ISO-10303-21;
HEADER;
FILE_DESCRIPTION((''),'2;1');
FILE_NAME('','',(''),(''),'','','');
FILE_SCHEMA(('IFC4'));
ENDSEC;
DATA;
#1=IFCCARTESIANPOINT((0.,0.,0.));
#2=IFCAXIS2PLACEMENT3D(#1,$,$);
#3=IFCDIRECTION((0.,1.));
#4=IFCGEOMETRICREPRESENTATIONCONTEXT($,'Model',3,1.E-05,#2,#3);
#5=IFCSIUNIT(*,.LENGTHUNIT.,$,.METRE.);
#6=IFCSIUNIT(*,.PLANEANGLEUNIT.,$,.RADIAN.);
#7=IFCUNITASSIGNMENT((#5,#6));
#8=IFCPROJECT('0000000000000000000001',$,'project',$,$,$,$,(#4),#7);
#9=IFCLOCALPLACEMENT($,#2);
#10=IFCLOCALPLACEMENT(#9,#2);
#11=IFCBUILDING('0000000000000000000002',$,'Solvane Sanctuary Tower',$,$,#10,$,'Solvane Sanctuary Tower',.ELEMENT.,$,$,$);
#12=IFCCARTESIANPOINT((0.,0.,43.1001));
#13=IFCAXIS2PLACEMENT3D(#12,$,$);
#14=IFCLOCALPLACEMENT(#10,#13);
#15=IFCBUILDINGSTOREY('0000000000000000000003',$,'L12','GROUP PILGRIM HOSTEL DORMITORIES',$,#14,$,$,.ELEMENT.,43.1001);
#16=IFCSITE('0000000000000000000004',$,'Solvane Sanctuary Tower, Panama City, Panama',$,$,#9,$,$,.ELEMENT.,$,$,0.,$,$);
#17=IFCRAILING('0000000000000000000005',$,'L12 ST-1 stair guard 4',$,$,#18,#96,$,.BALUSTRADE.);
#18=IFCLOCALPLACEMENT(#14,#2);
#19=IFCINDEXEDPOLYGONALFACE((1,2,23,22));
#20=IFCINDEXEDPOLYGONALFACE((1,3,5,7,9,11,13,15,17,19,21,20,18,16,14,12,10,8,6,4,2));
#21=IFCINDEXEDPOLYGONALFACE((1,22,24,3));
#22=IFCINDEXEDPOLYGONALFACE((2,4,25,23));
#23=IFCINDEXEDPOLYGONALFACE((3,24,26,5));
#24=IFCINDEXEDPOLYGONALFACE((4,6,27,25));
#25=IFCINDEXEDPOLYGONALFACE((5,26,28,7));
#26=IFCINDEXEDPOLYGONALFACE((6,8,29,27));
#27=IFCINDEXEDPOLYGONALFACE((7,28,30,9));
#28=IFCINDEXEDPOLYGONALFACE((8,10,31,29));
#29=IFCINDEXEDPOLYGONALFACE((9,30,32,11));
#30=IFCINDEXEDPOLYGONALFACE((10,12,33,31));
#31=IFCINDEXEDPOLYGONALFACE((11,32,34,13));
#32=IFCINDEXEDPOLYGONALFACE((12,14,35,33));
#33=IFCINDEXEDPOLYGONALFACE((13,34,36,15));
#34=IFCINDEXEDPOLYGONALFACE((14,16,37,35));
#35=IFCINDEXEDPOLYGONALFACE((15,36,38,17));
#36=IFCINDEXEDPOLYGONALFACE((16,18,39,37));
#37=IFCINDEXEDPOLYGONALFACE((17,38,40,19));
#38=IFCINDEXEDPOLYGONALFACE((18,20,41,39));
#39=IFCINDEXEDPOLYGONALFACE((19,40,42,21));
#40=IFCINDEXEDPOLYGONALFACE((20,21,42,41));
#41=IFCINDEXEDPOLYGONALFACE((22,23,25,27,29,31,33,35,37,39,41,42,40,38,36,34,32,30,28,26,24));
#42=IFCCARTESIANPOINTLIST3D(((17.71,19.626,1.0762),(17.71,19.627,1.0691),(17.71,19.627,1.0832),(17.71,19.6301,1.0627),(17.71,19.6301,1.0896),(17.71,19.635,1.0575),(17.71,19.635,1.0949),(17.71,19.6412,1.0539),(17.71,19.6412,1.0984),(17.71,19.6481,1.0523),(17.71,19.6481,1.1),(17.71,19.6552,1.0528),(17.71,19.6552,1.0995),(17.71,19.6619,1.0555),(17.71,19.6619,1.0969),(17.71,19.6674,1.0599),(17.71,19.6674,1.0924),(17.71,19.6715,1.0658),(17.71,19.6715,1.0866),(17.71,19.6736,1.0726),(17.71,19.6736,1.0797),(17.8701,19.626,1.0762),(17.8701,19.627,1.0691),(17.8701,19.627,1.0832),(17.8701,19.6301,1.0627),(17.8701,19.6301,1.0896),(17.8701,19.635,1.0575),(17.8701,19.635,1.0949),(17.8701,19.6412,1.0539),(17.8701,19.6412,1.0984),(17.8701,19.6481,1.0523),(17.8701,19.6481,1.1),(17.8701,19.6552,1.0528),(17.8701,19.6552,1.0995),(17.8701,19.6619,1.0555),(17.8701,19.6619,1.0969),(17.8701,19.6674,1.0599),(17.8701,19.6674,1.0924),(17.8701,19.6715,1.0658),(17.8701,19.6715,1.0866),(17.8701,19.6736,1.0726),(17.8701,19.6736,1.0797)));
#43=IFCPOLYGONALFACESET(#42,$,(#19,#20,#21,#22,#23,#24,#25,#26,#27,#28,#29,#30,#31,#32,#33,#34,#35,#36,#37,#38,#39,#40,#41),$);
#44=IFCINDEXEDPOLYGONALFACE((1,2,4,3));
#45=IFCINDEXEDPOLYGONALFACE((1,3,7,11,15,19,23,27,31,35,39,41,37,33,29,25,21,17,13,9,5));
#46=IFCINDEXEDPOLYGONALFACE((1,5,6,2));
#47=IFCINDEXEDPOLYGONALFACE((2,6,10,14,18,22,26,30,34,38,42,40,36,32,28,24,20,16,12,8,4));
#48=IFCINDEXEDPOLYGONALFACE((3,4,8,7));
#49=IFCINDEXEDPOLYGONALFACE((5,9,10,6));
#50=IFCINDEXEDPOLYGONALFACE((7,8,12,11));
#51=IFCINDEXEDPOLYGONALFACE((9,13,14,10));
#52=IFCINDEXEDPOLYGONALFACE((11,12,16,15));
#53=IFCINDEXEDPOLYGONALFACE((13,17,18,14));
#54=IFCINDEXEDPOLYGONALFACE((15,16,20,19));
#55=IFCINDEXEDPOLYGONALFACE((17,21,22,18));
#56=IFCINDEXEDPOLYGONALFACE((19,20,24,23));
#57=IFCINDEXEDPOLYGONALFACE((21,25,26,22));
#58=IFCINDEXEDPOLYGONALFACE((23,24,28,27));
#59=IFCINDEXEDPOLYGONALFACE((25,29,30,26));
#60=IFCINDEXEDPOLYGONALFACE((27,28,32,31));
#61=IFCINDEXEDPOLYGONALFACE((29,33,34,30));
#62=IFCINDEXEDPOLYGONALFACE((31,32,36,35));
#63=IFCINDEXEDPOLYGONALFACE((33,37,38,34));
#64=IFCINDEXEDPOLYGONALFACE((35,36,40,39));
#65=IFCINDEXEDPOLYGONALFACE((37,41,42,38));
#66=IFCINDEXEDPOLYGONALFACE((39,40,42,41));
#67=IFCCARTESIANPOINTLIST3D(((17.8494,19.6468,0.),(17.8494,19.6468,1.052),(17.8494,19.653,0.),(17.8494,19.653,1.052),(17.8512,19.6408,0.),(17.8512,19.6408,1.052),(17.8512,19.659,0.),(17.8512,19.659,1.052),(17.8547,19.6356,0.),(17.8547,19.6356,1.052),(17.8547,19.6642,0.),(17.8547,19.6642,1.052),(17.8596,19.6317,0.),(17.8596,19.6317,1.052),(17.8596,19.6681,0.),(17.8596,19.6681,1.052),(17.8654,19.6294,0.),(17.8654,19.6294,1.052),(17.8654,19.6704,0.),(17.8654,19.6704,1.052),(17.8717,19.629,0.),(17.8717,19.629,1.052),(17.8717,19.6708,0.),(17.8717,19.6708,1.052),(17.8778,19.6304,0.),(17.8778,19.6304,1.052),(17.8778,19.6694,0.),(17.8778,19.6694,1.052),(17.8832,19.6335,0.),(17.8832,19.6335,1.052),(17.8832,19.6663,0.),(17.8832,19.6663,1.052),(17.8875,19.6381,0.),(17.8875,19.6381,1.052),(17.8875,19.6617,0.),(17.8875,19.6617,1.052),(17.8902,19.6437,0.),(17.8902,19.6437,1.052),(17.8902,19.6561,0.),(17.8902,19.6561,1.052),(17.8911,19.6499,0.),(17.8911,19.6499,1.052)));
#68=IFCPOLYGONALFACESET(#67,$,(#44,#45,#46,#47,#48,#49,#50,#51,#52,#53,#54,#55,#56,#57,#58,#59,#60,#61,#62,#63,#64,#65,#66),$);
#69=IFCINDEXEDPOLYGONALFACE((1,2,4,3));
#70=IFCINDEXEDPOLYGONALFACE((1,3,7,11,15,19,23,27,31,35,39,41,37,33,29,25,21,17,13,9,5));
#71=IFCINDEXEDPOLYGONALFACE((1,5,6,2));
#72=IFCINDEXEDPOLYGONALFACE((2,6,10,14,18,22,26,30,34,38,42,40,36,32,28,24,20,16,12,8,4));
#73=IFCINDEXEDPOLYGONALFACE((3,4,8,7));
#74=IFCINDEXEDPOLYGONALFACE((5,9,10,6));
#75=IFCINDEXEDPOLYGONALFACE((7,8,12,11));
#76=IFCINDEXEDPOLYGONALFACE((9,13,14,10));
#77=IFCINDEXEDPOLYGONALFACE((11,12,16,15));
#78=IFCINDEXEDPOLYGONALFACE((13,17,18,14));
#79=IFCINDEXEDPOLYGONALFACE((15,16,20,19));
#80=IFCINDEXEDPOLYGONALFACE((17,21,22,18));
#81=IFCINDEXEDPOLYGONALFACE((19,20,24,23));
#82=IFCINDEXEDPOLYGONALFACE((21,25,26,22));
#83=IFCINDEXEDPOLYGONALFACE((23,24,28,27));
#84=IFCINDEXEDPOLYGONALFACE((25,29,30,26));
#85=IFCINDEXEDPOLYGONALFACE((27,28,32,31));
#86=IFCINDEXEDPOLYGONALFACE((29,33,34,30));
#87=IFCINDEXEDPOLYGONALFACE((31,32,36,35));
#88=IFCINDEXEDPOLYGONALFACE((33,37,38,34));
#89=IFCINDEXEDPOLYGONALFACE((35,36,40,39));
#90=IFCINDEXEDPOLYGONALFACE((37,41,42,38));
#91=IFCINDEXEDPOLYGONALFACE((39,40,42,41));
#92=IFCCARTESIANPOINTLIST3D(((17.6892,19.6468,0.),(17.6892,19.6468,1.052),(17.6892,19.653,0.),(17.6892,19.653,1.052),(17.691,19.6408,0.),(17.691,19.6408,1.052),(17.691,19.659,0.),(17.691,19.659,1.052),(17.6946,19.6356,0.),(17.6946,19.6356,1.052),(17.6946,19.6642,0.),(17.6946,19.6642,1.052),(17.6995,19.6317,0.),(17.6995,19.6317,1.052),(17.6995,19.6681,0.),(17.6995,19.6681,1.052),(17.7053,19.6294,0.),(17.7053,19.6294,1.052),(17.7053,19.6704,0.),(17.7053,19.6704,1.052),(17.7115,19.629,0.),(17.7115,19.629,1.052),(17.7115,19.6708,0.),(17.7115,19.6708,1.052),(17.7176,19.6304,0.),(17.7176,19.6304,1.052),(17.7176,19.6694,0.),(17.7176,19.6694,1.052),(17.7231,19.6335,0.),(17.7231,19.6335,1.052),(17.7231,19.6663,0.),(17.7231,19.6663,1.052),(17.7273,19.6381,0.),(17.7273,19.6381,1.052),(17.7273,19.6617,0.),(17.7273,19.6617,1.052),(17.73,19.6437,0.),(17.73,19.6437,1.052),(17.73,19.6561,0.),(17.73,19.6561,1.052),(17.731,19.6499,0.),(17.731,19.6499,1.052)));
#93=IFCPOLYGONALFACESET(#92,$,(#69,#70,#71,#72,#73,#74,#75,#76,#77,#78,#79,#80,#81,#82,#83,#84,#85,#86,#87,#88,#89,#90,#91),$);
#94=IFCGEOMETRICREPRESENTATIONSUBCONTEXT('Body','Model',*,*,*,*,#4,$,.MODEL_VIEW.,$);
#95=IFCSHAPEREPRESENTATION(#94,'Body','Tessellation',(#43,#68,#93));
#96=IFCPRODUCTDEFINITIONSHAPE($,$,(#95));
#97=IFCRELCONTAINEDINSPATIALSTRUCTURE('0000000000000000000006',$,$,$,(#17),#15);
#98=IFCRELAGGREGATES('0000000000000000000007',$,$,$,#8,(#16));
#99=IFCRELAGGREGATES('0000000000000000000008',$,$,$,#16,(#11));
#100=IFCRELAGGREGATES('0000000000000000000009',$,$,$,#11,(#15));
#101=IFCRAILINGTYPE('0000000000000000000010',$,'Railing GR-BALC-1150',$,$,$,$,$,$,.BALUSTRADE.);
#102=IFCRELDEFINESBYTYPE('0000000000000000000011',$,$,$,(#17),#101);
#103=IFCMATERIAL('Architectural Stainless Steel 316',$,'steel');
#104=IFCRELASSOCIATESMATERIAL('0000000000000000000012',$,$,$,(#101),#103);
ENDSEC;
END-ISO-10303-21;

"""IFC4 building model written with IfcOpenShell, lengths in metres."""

from ifc_helpers import new_model, si_unit, direction, frame, origin, origin_2d, place, context, subcontext, project, spatial, circle, extrude, material, type_object, element, save


model = new_model("IFC4")

# Units and contexts
model_context = context("Model", 3, precision=1e-05, world=origin(), true_north=direction((0.0, 1.0)))
body_context = subcontext(model_context, "Body", "Model", "MODEL_VIEW")
ifc_project = project(units=[si_unit("LENGTHUNIT", "METRE"), si_unit("PLANEANGLEUNIT", "RADIAN")], contexts=[model_context])

# Site, building, storey
site_placement = place(None, origin())
site = spatial("IfcSite", under=ifc_project, at=site_placement, Name="Solvane Sanctuary Tower, Panama City, Panama", CompositionType="ELEMENT", RefElevation=0.0)
building_placement = place(site_placement, origin())
building = spatial("IfcBuilding", under=site, at=building_placement, Name="Solvane Sanctuary Tower", LongName="Solvane Sanctuary Tower", CompositionType="ELEMENT")
storey_placement = place(building_placement, frame((0.0, 0.0, 43.1001)))
storey = spatial("IfcBuildingStorey", under=building, at=storey_placement, Name="L12", Description="GROUP PILGRIM HOSTEL DORMITORIES", CompositionType="ELEMENT", Elevation=43.1001)

# Shared definitions
ifc_material_1 = material(Name="Architectural Stainless Steel 316", Category="steel")

# Railing
railing_type_1 = type_object("IfcRailingType", Name="Railing GR-BALC-1150", PredefinedType="BALUSTRADE", material=ifc_material_1)
railing_1_placement = place(storey_placement, frame((17.8701, 19.6499, 0.0)))
element("IfcRailing", 1, at=railing_1_placement, inside=storey, type_object=railing_type_1, Name="L12 ST-1 stair guard 4", PredefinedType="BALUSTRADE", context=body_context, shape_type="SweptSolid", body=[
    extrude(circle(Radius=0.0239, at=origin_2d()), frame((0.0, 0.0, 1.0762), z_axis=(-1.0, 0.0, 0.0), x_axis=(0.0, -1.0, 0.0)), (0.0, 0.0, 1.0), 0.1602),
    extrude(circle(Radius=0.021, at=origin_2d()), origin(), (0.0, 0.0, 1.0), 1.052),
    extrude(circle(Radius=0.021, at=origin_2d()), frame((-0.1602, 0.0, 0.0)), (0.0, 0.0, 1.0), 1.052),
])

save(model, "model.ifc")
